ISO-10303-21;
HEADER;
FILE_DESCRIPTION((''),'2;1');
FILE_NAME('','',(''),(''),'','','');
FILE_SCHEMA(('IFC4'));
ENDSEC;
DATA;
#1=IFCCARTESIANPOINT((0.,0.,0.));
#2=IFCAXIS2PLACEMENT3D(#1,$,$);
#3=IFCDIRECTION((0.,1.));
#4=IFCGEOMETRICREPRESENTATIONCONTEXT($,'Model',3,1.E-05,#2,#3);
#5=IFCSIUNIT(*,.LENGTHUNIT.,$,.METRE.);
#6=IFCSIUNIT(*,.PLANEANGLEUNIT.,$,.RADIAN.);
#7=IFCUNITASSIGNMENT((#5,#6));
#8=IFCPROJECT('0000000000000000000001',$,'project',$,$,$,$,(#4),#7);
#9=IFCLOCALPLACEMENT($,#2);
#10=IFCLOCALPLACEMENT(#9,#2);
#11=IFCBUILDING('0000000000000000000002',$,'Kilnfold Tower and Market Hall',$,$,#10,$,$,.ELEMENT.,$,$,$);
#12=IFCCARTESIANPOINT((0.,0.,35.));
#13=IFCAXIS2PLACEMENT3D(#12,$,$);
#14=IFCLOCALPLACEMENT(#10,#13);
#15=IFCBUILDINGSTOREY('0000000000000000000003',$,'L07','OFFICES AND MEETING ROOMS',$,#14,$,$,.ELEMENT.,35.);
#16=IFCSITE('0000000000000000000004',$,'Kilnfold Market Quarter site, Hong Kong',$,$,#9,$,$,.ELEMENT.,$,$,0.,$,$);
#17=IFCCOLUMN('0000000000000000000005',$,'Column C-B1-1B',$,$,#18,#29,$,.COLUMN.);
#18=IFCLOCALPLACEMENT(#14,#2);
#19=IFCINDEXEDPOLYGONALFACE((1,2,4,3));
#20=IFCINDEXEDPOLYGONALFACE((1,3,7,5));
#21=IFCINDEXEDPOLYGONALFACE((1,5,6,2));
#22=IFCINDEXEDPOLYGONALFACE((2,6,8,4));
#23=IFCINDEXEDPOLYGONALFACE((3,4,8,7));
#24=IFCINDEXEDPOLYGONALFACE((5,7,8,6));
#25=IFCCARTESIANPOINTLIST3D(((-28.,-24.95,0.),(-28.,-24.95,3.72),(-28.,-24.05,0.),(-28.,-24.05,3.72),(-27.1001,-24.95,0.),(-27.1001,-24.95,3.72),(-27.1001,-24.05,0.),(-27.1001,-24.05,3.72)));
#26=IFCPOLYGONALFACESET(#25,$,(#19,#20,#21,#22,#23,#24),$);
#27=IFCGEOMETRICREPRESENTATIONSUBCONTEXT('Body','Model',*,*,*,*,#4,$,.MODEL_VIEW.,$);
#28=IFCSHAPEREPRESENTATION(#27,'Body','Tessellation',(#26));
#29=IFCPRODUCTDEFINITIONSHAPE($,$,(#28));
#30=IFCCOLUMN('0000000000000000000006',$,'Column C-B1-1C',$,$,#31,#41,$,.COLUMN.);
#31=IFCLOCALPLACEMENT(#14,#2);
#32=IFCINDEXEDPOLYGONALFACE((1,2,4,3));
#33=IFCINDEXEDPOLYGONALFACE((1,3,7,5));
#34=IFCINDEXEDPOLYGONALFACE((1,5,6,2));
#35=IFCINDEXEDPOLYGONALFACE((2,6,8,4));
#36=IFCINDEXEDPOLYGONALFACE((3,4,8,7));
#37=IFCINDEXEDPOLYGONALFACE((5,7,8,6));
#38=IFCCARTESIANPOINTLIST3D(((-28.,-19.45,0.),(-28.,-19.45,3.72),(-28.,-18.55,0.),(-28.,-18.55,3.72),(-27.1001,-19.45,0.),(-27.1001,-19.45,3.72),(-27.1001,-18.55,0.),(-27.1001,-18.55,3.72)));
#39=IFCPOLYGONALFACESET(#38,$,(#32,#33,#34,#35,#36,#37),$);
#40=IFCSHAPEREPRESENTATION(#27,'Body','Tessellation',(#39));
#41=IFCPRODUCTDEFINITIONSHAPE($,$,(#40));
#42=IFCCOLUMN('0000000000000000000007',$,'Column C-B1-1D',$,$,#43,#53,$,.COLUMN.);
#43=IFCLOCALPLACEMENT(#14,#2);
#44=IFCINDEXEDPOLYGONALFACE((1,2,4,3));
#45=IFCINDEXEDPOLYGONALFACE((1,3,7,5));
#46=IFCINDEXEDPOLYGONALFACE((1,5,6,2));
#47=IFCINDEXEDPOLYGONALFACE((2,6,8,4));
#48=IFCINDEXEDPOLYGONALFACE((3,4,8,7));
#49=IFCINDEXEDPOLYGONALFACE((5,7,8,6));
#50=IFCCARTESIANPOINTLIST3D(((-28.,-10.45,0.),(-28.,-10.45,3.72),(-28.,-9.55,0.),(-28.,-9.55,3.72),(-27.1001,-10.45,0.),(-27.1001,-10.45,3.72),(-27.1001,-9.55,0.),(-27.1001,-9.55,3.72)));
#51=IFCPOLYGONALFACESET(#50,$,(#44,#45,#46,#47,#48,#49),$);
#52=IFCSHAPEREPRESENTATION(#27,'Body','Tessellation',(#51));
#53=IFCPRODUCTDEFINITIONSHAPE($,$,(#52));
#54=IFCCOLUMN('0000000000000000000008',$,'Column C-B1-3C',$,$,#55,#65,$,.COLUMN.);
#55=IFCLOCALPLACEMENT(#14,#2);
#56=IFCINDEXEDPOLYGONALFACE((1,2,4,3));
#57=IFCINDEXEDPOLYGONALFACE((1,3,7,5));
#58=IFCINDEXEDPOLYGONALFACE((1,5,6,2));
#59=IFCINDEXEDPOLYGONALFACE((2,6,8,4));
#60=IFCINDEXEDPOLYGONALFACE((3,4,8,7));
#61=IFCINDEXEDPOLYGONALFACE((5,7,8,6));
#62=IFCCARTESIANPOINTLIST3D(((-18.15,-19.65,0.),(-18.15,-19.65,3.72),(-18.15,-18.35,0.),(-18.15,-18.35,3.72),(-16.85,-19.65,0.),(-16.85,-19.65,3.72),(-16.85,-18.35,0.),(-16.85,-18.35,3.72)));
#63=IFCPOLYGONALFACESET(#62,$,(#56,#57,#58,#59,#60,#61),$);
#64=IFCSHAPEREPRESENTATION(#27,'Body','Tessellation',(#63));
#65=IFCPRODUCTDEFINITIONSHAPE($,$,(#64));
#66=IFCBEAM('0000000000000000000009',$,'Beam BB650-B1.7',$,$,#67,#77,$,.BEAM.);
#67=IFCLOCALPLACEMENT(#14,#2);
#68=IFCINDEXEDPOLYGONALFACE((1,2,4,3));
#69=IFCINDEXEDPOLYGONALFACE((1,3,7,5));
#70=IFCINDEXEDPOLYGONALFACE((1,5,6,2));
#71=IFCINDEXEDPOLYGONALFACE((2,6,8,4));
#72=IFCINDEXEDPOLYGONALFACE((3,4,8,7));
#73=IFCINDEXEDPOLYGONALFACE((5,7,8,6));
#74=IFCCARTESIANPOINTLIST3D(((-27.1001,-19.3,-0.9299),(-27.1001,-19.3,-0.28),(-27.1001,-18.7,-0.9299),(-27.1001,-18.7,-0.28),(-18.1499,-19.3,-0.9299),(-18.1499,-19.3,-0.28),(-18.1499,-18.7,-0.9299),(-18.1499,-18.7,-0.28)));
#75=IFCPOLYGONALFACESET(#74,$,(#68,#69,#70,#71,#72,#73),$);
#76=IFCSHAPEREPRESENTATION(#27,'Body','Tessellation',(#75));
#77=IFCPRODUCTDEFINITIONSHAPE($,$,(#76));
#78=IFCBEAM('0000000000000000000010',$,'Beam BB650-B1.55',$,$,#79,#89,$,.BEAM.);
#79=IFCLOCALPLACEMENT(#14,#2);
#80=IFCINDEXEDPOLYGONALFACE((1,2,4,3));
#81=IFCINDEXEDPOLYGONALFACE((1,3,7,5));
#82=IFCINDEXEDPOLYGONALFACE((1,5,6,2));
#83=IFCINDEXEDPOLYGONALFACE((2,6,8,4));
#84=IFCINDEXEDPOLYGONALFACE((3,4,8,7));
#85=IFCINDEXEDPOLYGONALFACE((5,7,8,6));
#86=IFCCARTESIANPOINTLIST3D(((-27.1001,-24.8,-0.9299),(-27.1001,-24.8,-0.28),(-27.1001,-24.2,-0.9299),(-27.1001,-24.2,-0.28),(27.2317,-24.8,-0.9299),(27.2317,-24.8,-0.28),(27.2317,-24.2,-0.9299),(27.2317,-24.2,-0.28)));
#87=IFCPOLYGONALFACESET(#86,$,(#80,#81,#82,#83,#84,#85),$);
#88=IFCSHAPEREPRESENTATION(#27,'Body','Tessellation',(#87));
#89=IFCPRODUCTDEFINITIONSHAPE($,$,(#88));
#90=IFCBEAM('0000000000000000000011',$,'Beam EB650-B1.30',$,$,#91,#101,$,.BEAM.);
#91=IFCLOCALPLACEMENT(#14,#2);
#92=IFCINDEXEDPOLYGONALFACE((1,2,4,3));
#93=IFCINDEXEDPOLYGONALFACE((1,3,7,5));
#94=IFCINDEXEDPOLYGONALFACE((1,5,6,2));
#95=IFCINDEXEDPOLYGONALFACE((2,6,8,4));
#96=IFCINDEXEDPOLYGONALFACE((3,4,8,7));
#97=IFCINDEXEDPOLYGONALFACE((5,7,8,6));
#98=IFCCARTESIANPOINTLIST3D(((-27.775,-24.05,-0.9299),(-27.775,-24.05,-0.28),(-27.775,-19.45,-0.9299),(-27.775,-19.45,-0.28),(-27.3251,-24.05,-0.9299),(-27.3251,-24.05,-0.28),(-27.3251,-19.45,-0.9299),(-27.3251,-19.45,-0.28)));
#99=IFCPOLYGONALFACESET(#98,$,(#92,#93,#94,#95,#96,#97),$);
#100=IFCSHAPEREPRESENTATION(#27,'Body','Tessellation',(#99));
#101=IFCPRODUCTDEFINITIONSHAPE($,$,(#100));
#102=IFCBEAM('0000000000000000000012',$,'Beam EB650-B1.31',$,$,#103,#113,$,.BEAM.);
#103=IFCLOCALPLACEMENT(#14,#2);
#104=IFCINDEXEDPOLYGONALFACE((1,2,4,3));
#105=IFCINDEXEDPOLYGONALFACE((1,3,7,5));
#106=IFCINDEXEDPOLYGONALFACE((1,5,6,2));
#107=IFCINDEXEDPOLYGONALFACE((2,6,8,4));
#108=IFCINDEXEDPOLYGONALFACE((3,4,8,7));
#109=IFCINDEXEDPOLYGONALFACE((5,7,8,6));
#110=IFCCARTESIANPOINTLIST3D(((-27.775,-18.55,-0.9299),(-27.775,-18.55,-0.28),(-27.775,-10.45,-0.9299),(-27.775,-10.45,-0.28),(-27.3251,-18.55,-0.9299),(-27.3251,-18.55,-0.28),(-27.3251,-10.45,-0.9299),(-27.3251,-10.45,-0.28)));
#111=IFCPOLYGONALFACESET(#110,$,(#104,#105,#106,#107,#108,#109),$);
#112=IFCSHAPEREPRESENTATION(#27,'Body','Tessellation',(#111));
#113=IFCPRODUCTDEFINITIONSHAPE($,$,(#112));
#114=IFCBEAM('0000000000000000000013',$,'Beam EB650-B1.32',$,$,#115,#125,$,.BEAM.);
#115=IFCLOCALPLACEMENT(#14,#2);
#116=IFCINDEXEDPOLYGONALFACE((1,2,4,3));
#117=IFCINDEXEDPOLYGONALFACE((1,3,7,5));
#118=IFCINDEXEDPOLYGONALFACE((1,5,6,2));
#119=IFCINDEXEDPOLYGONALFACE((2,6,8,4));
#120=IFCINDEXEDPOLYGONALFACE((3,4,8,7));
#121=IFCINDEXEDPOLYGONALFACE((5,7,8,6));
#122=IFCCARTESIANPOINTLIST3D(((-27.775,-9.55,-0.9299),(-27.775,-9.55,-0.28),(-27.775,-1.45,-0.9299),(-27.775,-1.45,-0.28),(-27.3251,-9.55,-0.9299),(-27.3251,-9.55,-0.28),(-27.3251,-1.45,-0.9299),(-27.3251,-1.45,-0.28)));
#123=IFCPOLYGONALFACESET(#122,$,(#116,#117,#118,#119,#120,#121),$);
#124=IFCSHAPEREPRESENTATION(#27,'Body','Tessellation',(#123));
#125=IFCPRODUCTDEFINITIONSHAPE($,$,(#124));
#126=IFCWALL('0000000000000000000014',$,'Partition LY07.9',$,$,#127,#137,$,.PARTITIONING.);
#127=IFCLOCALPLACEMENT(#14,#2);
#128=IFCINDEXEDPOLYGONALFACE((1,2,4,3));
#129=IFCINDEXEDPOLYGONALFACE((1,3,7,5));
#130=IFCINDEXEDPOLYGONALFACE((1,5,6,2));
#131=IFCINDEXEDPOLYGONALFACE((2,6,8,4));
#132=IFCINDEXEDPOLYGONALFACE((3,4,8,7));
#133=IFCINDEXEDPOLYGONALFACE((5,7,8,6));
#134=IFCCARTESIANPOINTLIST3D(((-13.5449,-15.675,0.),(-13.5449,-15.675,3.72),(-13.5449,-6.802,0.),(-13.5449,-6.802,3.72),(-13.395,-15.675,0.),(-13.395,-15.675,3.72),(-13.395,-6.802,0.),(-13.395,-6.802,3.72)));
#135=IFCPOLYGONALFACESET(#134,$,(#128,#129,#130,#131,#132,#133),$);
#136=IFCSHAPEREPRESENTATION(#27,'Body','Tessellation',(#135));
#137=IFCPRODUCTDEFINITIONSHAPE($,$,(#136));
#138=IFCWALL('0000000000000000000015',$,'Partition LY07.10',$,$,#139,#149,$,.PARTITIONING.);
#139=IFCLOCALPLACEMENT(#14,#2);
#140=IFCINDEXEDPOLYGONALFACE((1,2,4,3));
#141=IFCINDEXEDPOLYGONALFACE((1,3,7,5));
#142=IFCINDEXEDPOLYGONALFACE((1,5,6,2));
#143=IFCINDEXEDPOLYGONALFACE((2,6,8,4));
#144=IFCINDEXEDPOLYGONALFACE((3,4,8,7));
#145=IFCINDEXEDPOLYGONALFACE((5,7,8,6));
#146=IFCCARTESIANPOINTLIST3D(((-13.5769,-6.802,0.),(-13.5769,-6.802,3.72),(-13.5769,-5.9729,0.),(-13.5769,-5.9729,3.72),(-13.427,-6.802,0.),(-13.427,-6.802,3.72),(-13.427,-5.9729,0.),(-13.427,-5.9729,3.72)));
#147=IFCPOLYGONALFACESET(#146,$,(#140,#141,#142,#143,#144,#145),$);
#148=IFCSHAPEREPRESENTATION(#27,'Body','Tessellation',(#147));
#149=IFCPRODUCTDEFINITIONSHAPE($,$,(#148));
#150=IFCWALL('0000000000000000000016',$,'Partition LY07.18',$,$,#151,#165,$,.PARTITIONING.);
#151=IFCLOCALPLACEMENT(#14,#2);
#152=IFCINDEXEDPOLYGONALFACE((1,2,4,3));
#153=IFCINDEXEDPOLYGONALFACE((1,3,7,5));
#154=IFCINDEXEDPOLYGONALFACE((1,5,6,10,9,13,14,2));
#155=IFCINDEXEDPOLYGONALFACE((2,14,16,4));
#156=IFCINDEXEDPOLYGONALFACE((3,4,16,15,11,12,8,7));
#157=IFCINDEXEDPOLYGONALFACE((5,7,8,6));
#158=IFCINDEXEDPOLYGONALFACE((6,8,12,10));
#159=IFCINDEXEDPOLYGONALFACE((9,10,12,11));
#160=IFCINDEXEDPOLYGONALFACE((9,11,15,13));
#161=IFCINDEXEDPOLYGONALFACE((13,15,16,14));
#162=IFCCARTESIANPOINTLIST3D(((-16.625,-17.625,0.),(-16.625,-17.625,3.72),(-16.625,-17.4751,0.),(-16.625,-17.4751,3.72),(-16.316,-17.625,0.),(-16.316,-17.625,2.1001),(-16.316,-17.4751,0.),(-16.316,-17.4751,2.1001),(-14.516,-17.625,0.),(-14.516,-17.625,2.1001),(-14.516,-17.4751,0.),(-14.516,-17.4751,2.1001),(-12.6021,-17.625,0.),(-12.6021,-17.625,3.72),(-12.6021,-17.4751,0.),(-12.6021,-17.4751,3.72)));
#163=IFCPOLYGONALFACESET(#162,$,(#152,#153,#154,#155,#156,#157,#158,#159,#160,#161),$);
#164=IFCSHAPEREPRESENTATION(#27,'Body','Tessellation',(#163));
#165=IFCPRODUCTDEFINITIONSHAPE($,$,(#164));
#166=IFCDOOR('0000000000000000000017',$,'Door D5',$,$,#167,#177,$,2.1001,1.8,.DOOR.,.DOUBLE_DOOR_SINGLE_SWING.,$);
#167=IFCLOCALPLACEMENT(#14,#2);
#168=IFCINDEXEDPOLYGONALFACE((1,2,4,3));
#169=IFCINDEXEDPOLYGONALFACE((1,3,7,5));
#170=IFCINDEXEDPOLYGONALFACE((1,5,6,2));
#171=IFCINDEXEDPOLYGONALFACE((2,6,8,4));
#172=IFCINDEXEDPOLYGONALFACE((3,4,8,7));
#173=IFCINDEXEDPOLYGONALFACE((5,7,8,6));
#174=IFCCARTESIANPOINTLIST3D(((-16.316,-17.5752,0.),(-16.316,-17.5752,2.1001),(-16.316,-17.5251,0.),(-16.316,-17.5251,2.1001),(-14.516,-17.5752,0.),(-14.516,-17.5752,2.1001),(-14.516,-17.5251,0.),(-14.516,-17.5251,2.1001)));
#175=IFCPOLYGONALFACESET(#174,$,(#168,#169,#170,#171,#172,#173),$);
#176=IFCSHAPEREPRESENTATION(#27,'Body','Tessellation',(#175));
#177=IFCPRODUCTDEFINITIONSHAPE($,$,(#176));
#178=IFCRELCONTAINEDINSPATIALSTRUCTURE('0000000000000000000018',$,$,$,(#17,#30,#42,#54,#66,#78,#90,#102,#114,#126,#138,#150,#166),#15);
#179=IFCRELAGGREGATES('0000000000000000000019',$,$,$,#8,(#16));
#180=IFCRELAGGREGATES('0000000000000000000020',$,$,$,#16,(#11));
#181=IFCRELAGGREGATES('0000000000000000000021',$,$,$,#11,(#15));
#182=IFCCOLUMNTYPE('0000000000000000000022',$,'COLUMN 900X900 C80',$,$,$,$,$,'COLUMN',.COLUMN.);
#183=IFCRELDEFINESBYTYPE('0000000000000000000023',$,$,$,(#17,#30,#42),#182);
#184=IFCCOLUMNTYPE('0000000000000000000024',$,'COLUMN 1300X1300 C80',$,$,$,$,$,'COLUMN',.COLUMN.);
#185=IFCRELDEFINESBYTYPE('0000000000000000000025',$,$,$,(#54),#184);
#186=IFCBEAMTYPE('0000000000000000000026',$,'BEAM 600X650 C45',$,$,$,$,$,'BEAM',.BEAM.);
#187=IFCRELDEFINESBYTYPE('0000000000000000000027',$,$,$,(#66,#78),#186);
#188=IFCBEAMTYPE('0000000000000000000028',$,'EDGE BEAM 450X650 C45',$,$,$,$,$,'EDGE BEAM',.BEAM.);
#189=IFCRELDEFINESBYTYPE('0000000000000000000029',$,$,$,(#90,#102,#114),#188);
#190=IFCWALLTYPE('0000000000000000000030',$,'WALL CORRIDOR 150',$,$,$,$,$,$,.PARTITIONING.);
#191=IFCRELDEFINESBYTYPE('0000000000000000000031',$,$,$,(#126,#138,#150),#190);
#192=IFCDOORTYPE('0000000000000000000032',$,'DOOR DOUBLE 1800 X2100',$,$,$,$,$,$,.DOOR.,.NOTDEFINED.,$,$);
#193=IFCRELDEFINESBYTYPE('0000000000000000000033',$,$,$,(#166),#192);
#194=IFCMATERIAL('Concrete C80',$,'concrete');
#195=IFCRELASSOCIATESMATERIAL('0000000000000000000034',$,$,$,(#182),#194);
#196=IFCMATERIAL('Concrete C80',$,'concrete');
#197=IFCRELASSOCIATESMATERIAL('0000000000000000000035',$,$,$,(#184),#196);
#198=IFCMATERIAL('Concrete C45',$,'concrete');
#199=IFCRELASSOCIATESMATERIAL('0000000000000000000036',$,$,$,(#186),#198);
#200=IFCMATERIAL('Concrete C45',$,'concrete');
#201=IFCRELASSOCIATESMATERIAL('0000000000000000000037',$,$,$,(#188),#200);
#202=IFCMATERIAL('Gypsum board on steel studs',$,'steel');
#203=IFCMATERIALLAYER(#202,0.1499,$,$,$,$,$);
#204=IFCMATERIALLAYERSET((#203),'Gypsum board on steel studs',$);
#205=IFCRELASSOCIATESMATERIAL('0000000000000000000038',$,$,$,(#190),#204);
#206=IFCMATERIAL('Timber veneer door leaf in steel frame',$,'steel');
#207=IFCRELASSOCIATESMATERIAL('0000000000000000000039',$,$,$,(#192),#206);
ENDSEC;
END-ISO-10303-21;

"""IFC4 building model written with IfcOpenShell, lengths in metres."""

from ifc_helpers import new_model, si_unit, direction, frame, frame_2d, origin, origin_2d, place, context, subcontext, project, spatial, rectangle, extrude, source, transform, mapped, material, layer, layer_set, material_profile, profile_set, type_object, element, fill, save


model = new_model("IFC4")

# Units and contexts
model_context = context("Model", 3, precision=1e-05, world=origin(), true_north=direction((0.0, 1.0)))
body_context = subcontext(model_context, "Body", "Model", "MODEL_VIEW")
ifc_project = project(units=[si_unit("LENGTHUNIT", "METRE"), si_unit("PLANEANGLEUNIT", "RADIAN")], contexts=[model_context])

# Site, building, storey
site_placement = place(None, origin())
site = spatial("IfcSite", under=ifc_project, at=site_placement, Name="Kilnfold Market Quarter site, Hong Kong", CompositionType="ELEMENT", RefElevation=0.0)
building_placement = place(site_placement, origin())
building = spatial("IfcBuilding", under=site, at=building_placement, Name="Kilnfold Tower and Market Hall", CompositionType="ELEMENT")
storey_placement = place(building_placement, frame((0.0, 0.0, 35.0)))
storey = spatial("IfcBuildingStorey", under=building, at=storey_placement, Name="L07", Description="OFFICES AND MEETING ROOMS", CompositionType="ELEMENT", Elevation=35.0)

# Columns
ifc_material_1 = material(Name="Concrete C80", Category="concrete")
ifc_material_profile_1 = material_profile(ifc_material_1, rectangle(XDim=0.8999, YDim=0.8999, at=origin_2d()), Name="RC 900x900")
ifc_profile_set_1 = profile_set([ifc_material_profile_1], Name="Concrete C80")
column_type_1 = type_object("IfcColumnType", Name="COLUMN 900X900 C80", ElementType="COLUMN", PredefinedType="COLUMN", material=ifc_profile_set_1)
shared_shape_1 = source(origin(), body_context, "Body", "SweptSolid", [
    extrude(rectangle(XDim=0.8999, YDim=0.8999, at=origin_2d()), origin(), (0.0, 0.0, 1.0), 3.72),
])
for number, where, z_axis, x_axis, name in (
    (1, (-27.55, -24.5, 0.0), (0.0, 0.0, 1.0), (1.0, 0.0, 0.0), "Column C-B1-1B"),
    (2, (-27.55, -19.0, 0.0), (0.0, 0.0, 1.0), (1.0, 0.0, 0.0), "Column C-B1-1C"),
    (3, (-27.55, -10.0, 0.0), (0.0, 0.0, 1.0), (1.0, 0.0, 0.0), "Column C-B1-1D"),
):
    element("IfcColumn", number, at=place(storey_placement, frame(where, z_axis=z_axis, x_axis=x_axis)), inside=storey, type_object=column_type_1, Name=name, PredefinedType="COLUMN", context=body_context, shape_type="MappedRepresentation", body=[
        mapped(shared_shape_1, transform((0.0, 0.0, 0.0))),
    ])
ifc_material_2 = material(Name="Concrete C80", Category="concrete")
ifc_material_profile_2 = material_profile(ifc_material_2, rectangle(XDim=1.3, YDim=1.3, at=origin_2d()), Name="RC 1300x1300")
ifc_profile_set_2 = profile_set([ifc_material_profile_2], Name="Concrete C80")
column_type_2 = type_object("IfcColumnType", Name="COLUMN 1300X1300 C80", ElementType="COLUMN", PredefinedType="COLUMN", material=ifc_profile_set_2)
shared_shape_2 = source(origin(), body_context, "Body", "SweptSolid", [
    extrude(rectangle(XDim=1.3, YDim=1.3, at=origin_2d()), origin(), (0.0, 0.0, 1.0), 3.72),
])
column_placement = place(storey_placement, frame((-17.5, -19.0, 0.0), z_axis=(0.0, 0.0, 1.0), x_axis=(1.0, 0.0, 0.0)))
element("IfcColumn", 4, at=column_placement, inside=storey, type_object=column_type_2, Name="Column C-B1-3C", PredefinedType="COLUMN", context=body_context, shape_type="MappedRepresentation", body=[
    mapped(shared_shape_2, transform((0.0, 0.0, 0.0))),
])

# Beams
ifc_material_3 = material(Name="Concrete C45", Category="concrete")
ifc_material_profile_3 = material_profile(ifc_material_3, rectangle(XDim=0.6001, YDim=0.6499, at=origin_2d()), Name="RC 600x650")
ifc_profile_set_3 = profile_set([ifc_material_profile_3], Name="Concrete C45")
beam_type_1 = type_object("IfcBeamType", Name="BEAM 600X650 C45", ElementType="BEAM", PredefinedType="BEAM", material=ifc_profile_set_3)
shared_shape_3 = source(origin(), body_context, "Body", "SweptSolid", [
    extrude(rectangle(XDim=0.6001, YDim=0.6499, at=origin_2d()), origin(), (0.0, 0.0, 1.0), 8.9502),
])
beam_1_placement = place(storey_placement, frame((-27.1001, -19.0, -0.605), z_axis=(1.0, 0.0, 0.0), x_axis=(0.0, 1.0, 0.0)))
element("IfcBeam", 5, at=beam_1_placement, inside=storey, type_object=beam_type_1, Name="Beam BB650-B1.7", PredefinedType="BEAM", context=body_context, shape_type="MappedRepresentation", body=[
    mapped(shared_shape_3, transform((0.0, 0.0, 0.0))),
])
shared_shape_4 = source(origin(), body_context, "Body", "SweptSolid", [
    extrude(rectangle(XDim=0.6001, YDim=0.6499, at=origin_2d()), origin(), (0.0, 0.0, 1.0), 54.3318),
])
beam_2_placement = place(storey_placement, frame((-27.1001, -24.5, -0.605), z_axis=(1.0, 0.0, 0.0), x_axis=(0.0, 1.0, 0.0)))
element("IfcBeam", 6, at=beam_2_placement, inside=storey, type_object=beam_type_1, Name="Beam BB650-B1.55", PredefinedType="BEAM", context=body_context, shape_type="MappedRepresentation", body=[
    mapped(shared_shape_4, transform((0.0, 0.0, 0.0))),
])
ifc_material_4 = material(Name="Concrete C45", Category="concrete")
ifc_material_profile_4 = material_profile(ifc_material_4, rectangle(XDim=0.45, YDim=0.6499, at=origin_2d()), Name="RC 450x650")
ifc_profile_set_4 = profile_set([ifc_material_profile_4], Name="Concrete C45")
beam_type_2 = type_object("IfcBeamType", Name="EDGE BEAM 450X650 C45", ElementType="EDGE BEAM", PredefinedType="BEAM", material=ifc_profile_set_4)
shared_shape_5 = source(origin(), body_context, "Body", "SweptSolid", [
    extrude(rectangle(XDim=0.45, YDim=0.6499, at=origin_2d()), origin(), (0.0, 0.0, 1.0), 4.6001),
])
beam_3_placement = place(storey_placement, frame((-27.55, -24.05, -0.605), z_axis=(0.0, 1.0, 0.0), x_axis=(-1.0, 0.0, 0.0)))
element("IfcBeam", 7, at=beam_3_placement, inside=storey, type_object=beam_type_2, Name="Beam EB650-B1.30", PredefinedType="BEAM", context=body_context, shape_type="MappedRepresentation", body=[
    mapped(shared_shape_5, transform((0.0, 0.0, 0.0))),
])
shared_shape_6 = source(origin(), body_context, "Body", "SweptSolid", [
    extrude(rectangle(XDim=0.45, YDim=0.6499, at=origin_2d()), origin(), (0.0, 0.0, 1.0), 8.1001),
])
for number, where, z_axis, x_axis, name in (
    (8, (-27.55, -18.55, -0.605), (0.0, 1.0, 0.0), (-1.0, 0.0, 0.0), "Beam EB650-B1.31"),
    (9, (-27.55, -9.55, -0.605), (0.0, 1.0, 0.0), (-1.0, 0.0, 0.0), "Beam EB650-B1.32"),
):
    element("IfcBeam", number, at=place(storey_placement, frame(where, z_axis=z_axis, x_axis=x_axis)), inside=storey, type_object=beam_type_2, Name=name, PredefinedType="BEAM", context=body_context, shape_type="MappedRepresentation", body=[
        mapped(shared_shape_6, transform((0.0, 0.0, 0.0))),
    ])

# Walls
ifc_material_5 = material(Name="Gypsum board on steel studs", Category="steel")
ifc_layer_1 = layer(ifc_material_5, 0.1499)
ifc_layer_set_1 = layer_set([ifc_layer_1], Name="Gypsum board on steel studs")
wall_type_1 = type_object("IfcWallType", Name="WALL CORRIDOR 150", PredefinedType="PARTITIONING", material=ifc_layer_set_1)
wall_1_placement = place(storey_placement, frame((-13.47, -6.802, 0.0), z_axis=(0.0, 0.0, 1.0), x_axis=(0.0, -1.0, 0.0)))
element("IfcWall", 10, at=wall_1_placement, inside=storey, type_object=wall_type_1, Name="Partition LY07.9", PredefinedType="PARTITIONING", context=body_context, shape_type="SweptSolid", body=[
    extrude(rectangle(XDim=8.873, YDim=0.1499, at=frame_2d((4.4365, 0.0))), origin(), (0.0, 0.0, 1.0), 3.72),
])
wall_2_placement = place(storey_placement, frame((-13.502, -5.9729, 0.0), z_axis=(0.0, 0.0, 1.0), x_axis=(0.0, -1.0, 0.0)))
element("IfcWall", 11, at=wall_2_placement, inside=storey, type_object=wall_type_1, Name="Partition LY07.10", PredefinedType="PARTITIONING", context=body_context, shape_type="SweptSolid", body=[
    extrude(rectangle(XDim=0.8291, YDim=0.1499, at=frame_2d((0.4146, 0.0))), origin(), (0.0, 0.0, 1.0), 3.72),
])

# Wall, opening, door
wall_3_placement = place(storey_placement, frame((-16.625, -17.55, 0.0), z_axis=(0.0, 0.0, 1.0), x_axis=(1.0, 0.0, 0.0)))
wall_3 = element("IfcWall", 12, at=wall_3_placement, inside=storey, type_object=wall_type_1, Name="Partition LY07.18", PredefinedType="PARTITIONING", context=body_context, shape_type="SweptSolid", body=[
    extrude(rectangle(XDim=4.0229, YDim=0.1499, at=frame_2d((2.0115, 0.0))), origin(), (0.0, 0.0, 1.0), 3.72),
])
opening_1_placement = place(wall_3_placement, frame((0.3091, 0.0, 0.0)))
opening_1 = element("IfcOpeningElement", 13, at=opening_1_placement, cuts=wall_3, PredefinedType="OPENING", context=body_context, shape_type="SweptSolid", body=[
    extrude(rectangle(XDim=1.8, YDim=2.1001, at=frame_2d((0.8999, 1.05))), frame((0.0, 0.085, 0.0), z_axis=(0.0, -1.0, 0.0), x_axis=(1.0, 0.0, 0.0)), (0.0, 0.0, 1.0), 0.1699),
])
ifc_material_6 = material(Name="Timber veneer door leaf in steel frame", Category="steel")
door_type_1 = type_object("IfcDoorType", Name="DOOR DOUBLE 1800 X2100", OperationType="NOTDEFINED", PredefinedType="DOOR", material=ifc_material_6)
door_1_placement = place(opening_1_placement, origin())
door_1 = element("IfcDoor", 14, at=door_1_placement, inside=storey, type_object=door_type_1, Name="Door D5", OperationType="DOUBLE_DOOR_SINGLE_SWING", OverallHeight=2.1001, OverallWidth=1.8, PredefinedType="DOOR", context=body_context, shape_type="SweptSolid", body=[
    extrude(rectangle(XDim=1.8, YDim=2.1001, at=frame_2d((0.8999, 1.05))), frame((0.0, 0.0249, 0.0), z_axis=(0.0, -1.0, 0.0), x_axis=(1.0, 0.0, 0.0)), (0.0, 0.0, 1.0), 0.05),
])
fill(opening_1, door_1)

save(model, "model.ifc")
